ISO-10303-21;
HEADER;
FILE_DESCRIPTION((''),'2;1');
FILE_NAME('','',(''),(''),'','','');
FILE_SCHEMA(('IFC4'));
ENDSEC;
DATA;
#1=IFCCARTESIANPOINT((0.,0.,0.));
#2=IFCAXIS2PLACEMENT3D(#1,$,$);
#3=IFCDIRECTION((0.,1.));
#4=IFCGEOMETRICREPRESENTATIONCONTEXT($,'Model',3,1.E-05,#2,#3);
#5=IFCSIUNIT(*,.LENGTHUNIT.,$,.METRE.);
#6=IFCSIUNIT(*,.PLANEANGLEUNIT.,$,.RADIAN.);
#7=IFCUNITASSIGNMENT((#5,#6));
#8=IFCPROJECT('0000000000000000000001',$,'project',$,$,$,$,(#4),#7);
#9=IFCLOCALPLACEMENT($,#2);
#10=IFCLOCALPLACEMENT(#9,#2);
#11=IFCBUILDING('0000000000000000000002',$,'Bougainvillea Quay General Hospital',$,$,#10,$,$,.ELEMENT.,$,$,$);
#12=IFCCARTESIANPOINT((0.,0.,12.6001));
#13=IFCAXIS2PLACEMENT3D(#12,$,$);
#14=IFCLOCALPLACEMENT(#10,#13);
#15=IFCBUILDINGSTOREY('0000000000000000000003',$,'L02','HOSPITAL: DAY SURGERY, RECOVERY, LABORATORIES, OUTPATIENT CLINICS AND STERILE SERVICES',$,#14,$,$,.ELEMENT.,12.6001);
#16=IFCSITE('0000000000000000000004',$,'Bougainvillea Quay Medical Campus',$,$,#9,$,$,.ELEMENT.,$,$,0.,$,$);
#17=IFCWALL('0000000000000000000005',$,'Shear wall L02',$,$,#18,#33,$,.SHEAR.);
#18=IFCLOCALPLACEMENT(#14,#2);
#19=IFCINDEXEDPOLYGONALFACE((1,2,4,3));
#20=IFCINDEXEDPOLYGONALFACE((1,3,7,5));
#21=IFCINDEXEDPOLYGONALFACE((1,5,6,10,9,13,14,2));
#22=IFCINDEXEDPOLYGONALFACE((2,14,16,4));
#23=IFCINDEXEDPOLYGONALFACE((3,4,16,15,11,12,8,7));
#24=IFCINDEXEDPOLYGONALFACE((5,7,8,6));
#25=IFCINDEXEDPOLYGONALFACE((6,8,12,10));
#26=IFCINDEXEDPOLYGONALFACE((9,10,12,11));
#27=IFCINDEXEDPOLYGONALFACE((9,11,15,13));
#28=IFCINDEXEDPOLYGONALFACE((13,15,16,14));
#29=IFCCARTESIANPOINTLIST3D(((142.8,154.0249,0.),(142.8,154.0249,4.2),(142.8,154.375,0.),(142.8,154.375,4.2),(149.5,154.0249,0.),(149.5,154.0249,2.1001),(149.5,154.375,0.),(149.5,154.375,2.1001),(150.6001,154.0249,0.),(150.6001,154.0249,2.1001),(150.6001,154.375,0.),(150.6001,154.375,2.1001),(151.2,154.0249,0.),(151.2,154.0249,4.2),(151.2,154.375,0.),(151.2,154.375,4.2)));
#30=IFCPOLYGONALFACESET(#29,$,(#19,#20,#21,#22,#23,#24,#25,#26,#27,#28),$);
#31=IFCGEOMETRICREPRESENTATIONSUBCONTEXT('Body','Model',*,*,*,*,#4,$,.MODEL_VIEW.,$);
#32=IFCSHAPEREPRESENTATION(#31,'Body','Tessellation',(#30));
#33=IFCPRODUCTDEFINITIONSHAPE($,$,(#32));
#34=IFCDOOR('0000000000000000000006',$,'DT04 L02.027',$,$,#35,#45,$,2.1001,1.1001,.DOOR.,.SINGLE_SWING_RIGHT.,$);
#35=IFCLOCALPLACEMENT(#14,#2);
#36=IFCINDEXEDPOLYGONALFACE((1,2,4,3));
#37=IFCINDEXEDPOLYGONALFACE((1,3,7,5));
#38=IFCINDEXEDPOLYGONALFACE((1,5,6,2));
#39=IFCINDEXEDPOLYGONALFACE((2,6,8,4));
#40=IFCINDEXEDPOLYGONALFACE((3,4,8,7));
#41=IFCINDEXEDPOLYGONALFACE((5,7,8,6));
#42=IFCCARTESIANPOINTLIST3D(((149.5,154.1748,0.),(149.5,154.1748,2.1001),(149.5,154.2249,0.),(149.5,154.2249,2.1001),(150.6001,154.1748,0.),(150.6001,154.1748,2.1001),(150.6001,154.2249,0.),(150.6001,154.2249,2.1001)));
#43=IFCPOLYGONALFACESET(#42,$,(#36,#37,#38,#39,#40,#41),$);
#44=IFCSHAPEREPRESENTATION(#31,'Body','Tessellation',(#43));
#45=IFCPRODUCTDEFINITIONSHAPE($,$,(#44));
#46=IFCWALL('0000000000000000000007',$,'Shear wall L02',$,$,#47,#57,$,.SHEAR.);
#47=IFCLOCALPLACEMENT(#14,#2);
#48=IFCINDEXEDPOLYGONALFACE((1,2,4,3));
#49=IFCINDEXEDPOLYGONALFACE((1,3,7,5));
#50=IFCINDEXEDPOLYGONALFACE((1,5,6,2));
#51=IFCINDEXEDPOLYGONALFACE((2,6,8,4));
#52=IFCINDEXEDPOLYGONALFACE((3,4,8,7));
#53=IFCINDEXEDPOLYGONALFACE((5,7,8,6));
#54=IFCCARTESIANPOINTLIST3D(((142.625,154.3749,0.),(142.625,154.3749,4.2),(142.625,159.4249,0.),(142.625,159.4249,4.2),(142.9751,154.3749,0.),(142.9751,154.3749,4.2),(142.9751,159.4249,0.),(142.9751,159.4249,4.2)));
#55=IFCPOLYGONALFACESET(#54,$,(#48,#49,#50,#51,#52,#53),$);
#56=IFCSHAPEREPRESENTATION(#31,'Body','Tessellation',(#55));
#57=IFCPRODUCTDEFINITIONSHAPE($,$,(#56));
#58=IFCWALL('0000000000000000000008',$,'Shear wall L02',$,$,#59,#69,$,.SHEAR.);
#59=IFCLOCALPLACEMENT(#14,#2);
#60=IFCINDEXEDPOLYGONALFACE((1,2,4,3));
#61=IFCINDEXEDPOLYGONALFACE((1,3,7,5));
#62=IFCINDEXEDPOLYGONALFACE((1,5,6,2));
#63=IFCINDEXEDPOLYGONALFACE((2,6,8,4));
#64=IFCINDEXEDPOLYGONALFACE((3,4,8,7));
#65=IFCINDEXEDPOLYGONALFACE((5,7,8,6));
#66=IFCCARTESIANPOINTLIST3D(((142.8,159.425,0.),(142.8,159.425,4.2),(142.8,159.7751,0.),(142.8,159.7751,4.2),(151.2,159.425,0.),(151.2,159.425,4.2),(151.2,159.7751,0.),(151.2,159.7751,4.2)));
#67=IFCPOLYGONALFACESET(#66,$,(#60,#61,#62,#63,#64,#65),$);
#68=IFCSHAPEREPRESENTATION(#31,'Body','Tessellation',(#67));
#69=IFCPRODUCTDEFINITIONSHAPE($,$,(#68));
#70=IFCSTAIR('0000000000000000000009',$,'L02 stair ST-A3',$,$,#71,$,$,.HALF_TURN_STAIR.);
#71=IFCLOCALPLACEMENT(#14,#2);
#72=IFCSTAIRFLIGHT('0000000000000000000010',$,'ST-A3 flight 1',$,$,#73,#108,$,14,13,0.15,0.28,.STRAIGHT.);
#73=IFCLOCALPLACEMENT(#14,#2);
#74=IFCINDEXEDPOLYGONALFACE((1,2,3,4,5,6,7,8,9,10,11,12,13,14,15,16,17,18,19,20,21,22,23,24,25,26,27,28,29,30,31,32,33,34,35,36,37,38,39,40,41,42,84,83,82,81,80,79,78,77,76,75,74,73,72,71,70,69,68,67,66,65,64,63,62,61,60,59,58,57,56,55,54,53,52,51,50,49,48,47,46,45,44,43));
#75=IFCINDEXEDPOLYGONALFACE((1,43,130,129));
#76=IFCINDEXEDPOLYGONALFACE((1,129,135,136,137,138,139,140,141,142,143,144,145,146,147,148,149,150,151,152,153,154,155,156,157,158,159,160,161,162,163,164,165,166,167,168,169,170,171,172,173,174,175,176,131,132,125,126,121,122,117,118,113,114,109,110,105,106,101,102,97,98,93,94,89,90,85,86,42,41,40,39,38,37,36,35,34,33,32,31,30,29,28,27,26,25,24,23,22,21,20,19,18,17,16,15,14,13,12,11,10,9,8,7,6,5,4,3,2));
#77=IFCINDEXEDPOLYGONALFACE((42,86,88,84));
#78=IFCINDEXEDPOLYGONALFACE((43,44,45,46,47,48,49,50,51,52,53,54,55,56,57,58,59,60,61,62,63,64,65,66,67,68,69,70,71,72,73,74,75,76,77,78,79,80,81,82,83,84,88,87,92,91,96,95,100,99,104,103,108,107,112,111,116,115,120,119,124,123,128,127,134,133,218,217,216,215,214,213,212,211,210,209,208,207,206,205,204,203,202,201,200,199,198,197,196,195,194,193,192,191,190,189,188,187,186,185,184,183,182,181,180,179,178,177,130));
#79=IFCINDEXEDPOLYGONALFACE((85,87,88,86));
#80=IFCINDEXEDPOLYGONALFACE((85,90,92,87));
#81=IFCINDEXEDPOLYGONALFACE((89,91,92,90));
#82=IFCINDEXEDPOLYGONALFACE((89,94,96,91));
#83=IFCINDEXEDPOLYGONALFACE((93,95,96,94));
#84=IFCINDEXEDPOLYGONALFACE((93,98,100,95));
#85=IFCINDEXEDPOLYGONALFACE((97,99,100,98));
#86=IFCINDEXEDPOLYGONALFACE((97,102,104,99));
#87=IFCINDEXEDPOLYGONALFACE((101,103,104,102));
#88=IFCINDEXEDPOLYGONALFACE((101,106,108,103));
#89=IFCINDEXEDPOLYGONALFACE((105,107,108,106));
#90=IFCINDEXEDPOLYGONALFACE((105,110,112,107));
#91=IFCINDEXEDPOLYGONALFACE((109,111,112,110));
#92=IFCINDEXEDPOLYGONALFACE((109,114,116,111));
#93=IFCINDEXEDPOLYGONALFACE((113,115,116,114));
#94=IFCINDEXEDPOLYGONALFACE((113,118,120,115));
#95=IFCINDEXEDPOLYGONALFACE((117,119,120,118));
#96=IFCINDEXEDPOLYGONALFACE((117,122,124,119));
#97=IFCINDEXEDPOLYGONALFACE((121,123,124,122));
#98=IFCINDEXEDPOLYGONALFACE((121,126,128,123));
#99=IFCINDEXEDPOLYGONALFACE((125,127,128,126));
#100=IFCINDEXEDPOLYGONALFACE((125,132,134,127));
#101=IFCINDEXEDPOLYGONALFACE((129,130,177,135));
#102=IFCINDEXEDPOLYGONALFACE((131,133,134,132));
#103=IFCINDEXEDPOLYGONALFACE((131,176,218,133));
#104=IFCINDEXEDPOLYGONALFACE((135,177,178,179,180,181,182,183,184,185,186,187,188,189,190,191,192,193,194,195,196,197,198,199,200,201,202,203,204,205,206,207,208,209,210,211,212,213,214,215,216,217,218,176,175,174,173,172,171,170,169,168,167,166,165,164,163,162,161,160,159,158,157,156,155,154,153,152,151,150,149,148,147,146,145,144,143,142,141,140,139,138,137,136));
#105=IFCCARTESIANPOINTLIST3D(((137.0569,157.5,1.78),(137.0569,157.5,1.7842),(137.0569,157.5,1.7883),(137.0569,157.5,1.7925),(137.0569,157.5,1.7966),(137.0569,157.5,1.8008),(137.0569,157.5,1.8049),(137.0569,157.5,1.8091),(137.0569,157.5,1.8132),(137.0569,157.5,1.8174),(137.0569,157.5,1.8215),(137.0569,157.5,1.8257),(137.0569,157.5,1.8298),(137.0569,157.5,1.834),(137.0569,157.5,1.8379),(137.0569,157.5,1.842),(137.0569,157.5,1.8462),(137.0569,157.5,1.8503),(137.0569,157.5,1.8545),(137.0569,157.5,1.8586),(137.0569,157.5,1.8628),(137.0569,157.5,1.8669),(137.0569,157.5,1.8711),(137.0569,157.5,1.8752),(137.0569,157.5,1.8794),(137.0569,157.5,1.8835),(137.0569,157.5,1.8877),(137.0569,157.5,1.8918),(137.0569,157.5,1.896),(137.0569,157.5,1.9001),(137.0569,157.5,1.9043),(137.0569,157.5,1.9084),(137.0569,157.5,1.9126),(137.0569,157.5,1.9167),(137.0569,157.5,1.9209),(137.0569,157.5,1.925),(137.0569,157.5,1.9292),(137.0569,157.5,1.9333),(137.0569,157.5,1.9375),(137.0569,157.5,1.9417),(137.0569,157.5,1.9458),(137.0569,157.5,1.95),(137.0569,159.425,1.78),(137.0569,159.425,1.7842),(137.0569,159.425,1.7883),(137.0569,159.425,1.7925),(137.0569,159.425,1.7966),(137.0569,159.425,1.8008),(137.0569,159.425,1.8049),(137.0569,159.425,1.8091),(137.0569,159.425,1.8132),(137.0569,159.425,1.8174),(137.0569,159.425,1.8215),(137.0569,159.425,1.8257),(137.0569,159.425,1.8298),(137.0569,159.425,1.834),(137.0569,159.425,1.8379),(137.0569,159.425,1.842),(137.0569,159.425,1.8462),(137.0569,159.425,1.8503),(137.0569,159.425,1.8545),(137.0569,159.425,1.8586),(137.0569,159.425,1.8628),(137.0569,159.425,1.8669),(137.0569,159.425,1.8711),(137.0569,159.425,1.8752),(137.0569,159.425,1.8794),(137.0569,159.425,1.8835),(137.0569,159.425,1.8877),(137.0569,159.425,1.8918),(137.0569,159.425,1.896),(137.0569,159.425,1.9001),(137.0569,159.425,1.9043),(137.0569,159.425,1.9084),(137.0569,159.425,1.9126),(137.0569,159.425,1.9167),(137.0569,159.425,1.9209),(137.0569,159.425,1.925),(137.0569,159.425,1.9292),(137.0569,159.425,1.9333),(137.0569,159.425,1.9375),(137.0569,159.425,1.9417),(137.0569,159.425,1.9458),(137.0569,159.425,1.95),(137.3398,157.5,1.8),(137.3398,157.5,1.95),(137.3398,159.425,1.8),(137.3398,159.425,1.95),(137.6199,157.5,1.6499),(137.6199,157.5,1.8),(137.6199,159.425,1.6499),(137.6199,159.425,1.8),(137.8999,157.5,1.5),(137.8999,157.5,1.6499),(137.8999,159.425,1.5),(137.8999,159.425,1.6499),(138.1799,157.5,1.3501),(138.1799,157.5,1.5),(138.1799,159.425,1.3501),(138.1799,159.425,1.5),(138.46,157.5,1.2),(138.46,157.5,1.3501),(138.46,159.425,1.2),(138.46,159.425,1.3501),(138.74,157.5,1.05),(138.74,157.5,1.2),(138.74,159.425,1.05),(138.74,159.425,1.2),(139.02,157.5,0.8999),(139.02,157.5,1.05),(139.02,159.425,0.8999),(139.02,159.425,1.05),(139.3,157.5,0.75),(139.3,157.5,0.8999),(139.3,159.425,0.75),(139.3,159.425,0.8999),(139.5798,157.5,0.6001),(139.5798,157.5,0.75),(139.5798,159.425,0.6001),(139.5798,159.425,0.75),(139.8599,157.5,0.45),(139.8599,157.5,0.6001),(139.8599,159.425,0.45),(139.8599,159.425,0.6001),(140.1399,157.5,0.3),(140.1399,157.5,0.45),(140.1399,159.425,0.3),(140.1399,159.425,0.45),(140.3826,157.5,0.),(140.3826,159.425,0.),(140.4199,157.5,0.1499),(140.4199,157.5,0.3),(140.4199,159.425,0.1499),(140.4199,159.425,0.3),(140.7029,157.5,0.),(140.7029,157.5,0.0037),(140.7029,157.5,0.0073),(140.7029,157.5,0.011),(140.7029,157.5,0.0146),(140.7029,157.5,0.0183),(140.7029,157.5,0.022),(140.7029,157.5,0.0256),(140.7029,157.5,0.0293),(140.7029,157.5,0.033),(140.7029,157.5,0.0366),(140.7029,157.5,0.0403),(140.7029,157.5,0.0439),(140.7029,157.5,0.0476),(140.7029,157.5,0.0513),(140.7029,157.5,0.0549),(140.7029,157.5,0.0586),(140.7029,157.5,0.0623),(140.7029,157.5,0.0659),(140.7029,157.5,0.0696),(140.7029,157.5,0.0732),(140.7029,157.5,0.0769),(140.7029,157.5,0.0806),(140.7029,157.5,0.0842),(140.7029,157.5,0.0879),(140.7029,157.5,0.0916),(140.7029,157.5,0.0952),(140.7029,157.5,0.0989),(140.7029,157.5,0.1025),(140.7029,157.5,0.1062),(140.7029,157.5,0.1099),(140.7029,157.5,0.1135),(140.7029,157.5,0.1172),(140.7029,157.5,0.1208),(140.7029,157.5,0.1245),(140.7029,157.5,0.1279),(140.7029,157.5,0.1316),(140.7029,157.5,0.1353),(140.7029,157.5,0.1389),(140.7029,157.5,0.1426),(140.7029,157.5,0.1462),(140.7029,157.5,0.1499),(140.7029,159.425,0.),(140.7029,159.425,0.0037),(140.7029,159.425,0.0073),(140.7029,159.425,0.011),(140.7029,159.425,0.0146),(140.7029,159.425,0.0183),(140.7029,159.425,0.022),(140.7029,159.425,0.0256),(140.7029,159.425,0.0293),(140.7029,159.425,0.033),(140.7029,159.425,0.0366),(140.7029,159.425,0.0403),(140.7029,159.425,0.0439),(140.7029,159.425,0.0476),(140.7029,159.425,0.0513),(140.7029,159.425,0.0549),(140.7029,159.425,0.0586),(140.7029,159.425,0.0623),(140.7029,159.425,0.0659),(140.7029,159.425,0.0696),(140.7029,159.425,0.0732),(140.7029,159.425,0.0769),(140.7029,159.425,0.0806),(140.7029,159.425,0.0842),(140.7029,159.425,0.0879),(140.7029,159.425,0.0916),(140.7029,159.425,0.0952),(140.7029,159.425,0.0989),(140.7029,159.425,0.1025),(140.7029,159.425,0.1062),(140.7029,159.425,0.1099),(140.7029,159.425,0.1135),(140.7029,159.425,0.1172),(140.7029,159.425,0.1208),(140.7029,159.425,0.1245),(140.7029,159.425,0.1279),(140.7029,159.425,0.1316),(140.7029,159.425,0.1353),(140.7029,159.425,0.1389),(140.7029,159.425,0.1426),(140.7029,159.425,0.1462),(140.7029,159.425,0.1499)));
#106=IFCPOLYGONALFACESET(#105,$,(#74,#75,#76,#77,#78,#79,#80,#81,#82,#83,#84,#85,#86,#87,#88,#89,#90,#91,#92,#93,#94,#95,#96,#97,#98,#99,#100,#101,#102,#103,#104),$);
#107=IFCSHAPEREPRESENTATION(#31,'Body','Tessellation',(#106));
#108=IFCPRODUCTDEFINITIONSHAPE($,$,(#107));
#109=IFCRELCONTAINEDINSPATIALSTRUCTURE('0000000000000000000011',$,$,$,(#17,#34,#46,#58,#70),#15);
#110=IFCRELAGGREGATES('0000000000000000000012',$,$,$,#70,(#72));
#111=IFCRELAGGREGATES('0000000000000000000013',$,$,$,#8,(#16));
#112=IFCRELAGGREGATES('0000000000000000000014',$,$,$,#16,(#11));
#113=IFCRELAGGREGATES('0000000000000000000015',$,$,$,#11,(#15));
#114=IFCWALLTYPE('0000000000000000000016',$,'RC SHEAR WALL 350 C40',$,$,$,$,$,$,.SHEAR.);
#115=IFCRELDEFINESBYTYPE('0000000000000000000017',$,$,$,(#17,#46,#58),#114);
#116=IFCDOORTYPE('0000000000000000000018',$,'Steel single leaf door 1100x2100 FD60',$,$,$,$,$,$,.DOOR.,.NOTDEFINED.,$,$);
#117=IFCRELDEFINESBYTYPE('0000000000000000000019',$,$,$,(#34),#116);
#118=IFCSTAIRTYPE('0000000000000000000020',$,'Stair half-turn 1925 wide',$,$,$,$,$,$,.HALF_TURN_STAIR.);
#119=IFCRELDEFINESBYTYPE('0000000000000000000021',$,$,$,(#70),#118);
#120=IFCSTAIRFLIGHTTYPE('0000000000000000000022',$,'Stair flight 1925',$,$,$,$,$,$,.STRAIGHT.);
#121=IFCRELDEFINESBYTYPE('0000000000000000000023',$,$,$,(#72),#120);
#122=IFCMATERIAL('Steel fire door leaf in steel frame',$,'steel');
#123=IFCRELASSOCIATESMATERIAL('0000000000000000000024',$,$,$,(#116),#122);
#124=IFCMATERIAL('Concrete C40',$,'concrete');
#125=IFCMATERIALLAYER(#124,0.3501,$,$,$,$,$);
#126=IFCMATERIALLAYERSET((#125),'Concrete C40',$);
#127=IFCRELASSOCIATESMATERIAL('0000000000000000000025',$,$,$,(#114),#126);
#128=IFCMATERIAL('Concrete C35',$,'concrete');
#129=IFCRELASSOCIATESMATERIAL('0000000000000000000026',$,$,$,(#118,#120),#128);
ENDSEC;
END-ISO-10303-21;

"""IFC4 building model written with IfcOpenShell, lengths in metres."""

from ifc_helpers import new_model, si_unit, direction, frame, frame_2d, origin, place, context, subcontext, project, spatial, polyline, rectangle, outline, extrude, material, layer, layer_set, type_object, element, fill, aggregate, save


model = new_model("IFC4")

# Units and contexts
model_context = context("Model", 3, precision=1e-05, world=origin(), true_north=direction((0.0, 1.0)))
body_context = subcontext(model_context, "Body", "Model", "MODEL_VIEW")
ifc_project = project(units=[si_unit("LENGTHUNIT", "METRE"), si_unit("PLANEANGLEUNIT", "RADIAN")], contexts=[model_context])

# Site, building, storey
site_placement = place(None, origin())
site = spatial("IfcSite", under=ifc_project, at=site_placement, Name="Bougainvillea Quay Medical Campus", CompositionType="ELEMENT", RefElevation=0.0)
building_placement = place(site_placement, origin())
building = spatial("IfcBuilding", under=site, at=building_placement, Name="Bougainvillea Quay General Hospital", CompositionType="ELEMENT")
storey_placement = place(building_placement, frame((0.0, 0.0, 12.6001)))
storey = spatial("IfcBuildingStorey", under=building, at=storey_placement, Name="L02", Description="HOSPITAL: DAY SURGERY, RECOVERY, LABORATORIES, OUTPATIENT CLINICS AND STERILE SERVICES", CompositionType="ELEMENT", Elevation=12.6001)

# Shared definitions
ifc_material_1 = material(Name="Concrete C40", Category="concrete")

# Shared definitions
ifc_material_2 = material(Name="Steel fire door leaf in steel frame", Category="steel")
door_type_1 = type_object("IfcDoorType", Name="Steel single leaf door 1100x2100 FD60", OperationType="NOTDEFINED", PredefinedType="DOOR", material=ifc_material_2)

# Wall, opening, door
ifc_layer_1 = layer(ifc_material_1, 0.3501)
ifc_layer_set_1 = layer_set([ifc_layer_1], Name="Concrete C40")
wall_type_1 = type_object("IfcWallType", Name="RC SHEAR WALL 350 C40", PredefinedType="SHEAR", material=ifc_layer_set_1)
wall_1_placement = place(storey_placement, frame((142.8, 154.2, 0.0), z_axis=(0.0, 0.0, 1.0), x_axis=(1.0, 0.0, 0.0)))
wall_1 = element("IfcWall", 1, at=wall_1_placement, inside=storey, type_object=wall_type_1, Name="Shear wall L02", PredefinedType="SHEAR", context=body_context, shape_type="SweptSolid", body=[
    extrude(rectangle(XDim=8.3999, YDim=0.3501, at=frame_2d((4.2, 0.0))), origin(), (0.0, 0.0, 1.0), 4.2),
])
opening_1_placement = place(wall_1_placement, frame((6.7, 0.0, 0.0)))
opening_1 = element("IfcOpeningElement", 2, at=opening_1_placement, cuts=wall_1, PredefinedType="OPENING", context=body_context, shape_type="SweptSolid", body=[
    extrude(rectangle(XDim=1.1001, YDim=2.1001, at=frame_2d((0.55, 1.05))), frame((0.0, 0.1851, 0.0), z_axis=(0.0, -1.0, 0.0), x_axis=(1.0, 0.0, 0.0)), (0.0, 0.0, 1.0), 0.3701),
])
door_1_placement = place(opening_1_placement, origin())
door_1 = element("IfcDoor", 3, at=door_1_placement, inside=storey, type_object=door_type_1, Name="DT04 L02.027", OperationType="SINGLE_SWING_RIGHT", OverallHeight=2.1001, OverallWidth=1.1001, PredefinedType="DOOR", context=body_context, shape_type="SweptSolid", body=[
    extrude(rectangle(XDim=1.1001, YDim=2.1001, at=frame_2d((0.55, 1.05))), frame((0.0, 0.0249, 0.0), z_axis=(0.0, -1.0, 0.0), x_axis=(1.0, 0.0, 0.0)), (0.0, 0.0, 1.0), 0.05),
])
fill(opening_1, door_1)

# Walls
wall_2_placement = place(storey_placement, frame((142.8, 154.375, 0.0), z_axis=(0.0, 0.0, 1.0), x_axis=(0.0, 1.0, 0.0)))
element("IfcWall", 4, at=wall_2_placement, inside=storey, type_object=wall_type_1, Name="Shear wall L02", PredefinedType="SHEAR", context=body_context, shape_type="SweptSolid", body=[
    extrude(rectangle(XDim=5.05, YDim=0.3501, at=frame_2d((2.5249, 0.0))), origin(), (0.0, 0.0, 1.0), 4.2),
])
wall_3_placement = place(storey_placement, frame((142.8, 159.6001, 0.0), z_axis=(0.0, 0.0, 1.0), x_axis=(1.0, 0.0, 0.0)))
element("IfcWall", 5, at=wall_3_placement, inside=storey, type_object=wall_type_1, Name="Shear wall L02", PredefinedType="SHEAR", context=body_context, shape_type="SweptSolid", body=[
    extrude(rectangle(XDim=8.3999, YDim=0.3501, at=frame_2d((4.2, 0.0))), origin(), (0.0, 0.0, 1.0), 4.2),
])

# Stair, stair flight
ifc_material_3 = material(Name="Concrete C35", Category="concrete")
stair_type = type_object("IfcStairType", Name="Stair half-turn 1925 wide", PredefinedType="HALF_TURN_STAIR", material=ifc_material_3)
stair_placement = place(storey_placement, origin())
stair = element("IfcStair", 6, at=stair_placement, inside=storey, type_object=stair_type, Name="L02 stair ST-A3", PredefinedType="HALF_TURN_STAIR")
stair_flight_type = type_object("IfcStairFlightType", Name="Stair flight 1925", PredefinedType="STRAIGHT", material=ifc_material_3)
stair_flight_placement = place(storey_placement, frame((140.7, 158.4624, 0.0), z_axis=(0.0, 0.0, 1.0), x_axis=(-1.0, 0.0, 0.0)))
stair_flight = element("IfcStairFlight", 7, at=stair_flight_placement, type_object=stair_flight_type, Name="ST-A3 flight 1", NumberOfRisers=14, NumberOfTreads=13, PredefinedType="STRAIGHT", RiserHeight=0.15, TreadLength=0.28, context=body_context, shape_type="SweptSolid", body=[
    extrude(outline(polyline([(-0.0029, 0.0), (-0.0029, 0.0037), (-0.0029, 0.0073), (-0.0029, 0.011), (-0.0029, 0.0146), (-0.0029, 0.0183), (-0.0029, 0.022), (-0.0029, 0.0256), (-0.0029, 0.0293), (-0.0029, 0.033), (-0.0029, 0.0366), (-0.0029, 0.0403), (-0.0029, 0.0439), (-0.0029, 0.0476), (-0.0029, 0.0513), (-0.0029, 0.0549), (-0.0029, 0.0586), (-0.0029, 0.0623), (-0.0029, 0.0659), (-0.0029, 0.0696), (-0.0029, 0.0732), (-0.0029, 0.0769), (-0.0029, 0.0806), (-0.0029, 0.0842), (-0.0029, 0.0879), (-0.0029, 0.0916), (-0.0029, 0.0952), (-0.0029, 0.0989), (-0.0029, 0.1025), (-0.0029, 0.1062), (-0.0029, 0.1099), (-0.0029, 0.1135), (-0.0029, 0.1172), (-0.0029, 0.1208), (-0.0029, 0.1245), (-0.0029, 0.1279), (-0.0029, 0.1316), (-0.0029, 0.1353), (-0.0029, 0.1389), (-0.0029, 0.1426), (-0.0029, 0.1462), (-0.0029, 0.1499), (0.28, 0.1499), (0.28, 0.3), (0.5601, 0.3), (0.5601, 0.45), (0.8401, 0.45), (0.8401, 0.6001), (1.1201, 0.6001), (1.1201, 0.75), (1.3999, 0.75), (1.3999, 0.8999), (1.6799, 0.8999), (1.6799, 1.05), (1.96, 1.05), (1.96, 1.2), (2.24, 1.2), (2.24, 1.3501), (2.52, 1.3501), (2.52, 1.5), (2.8, 1.5), (2.8, 1.6499), (3.0801, 1.6499), (3.0801, 1.8), (3.3601, 1.8), (3.3601, 1.95), (3.6431, 1.95), (3.6431, 1.9458), (3.6431, 1.9417), (3.6431, 1.9375), (3.6431, 1.9333), (3.6431, 1.9292), (3.6431, 1.925), (3.6431, 1.9209), (3.6431, 1.9167), (3.6431, 1.9126), (3.6431, 1.9084), (3.6431, 1.9043), (3.6431, 1.9001), (3.6431, 1.896), (3.6431, 1.8918), (3.6431, 1.8877), (3.6431, 1.8835), (3.6431, 1.8794), (3.6431, 1.8752), (3.6431, 1.8711), (3.6431, 1.8669), (3.6431, 1.8628), (3.6431, 1.8586), (3.6431, 1.8545), (3.6431, 1.8503), (3.6431, 1.8462), (3.6431, 1.842), (3.6431, 1.8379), (3.6431, 1.834), (3.6431, 1.8298), (3.6431, 1.8257), (3.6431, 1.8215), (3.6431, 1.8174), (3.6431, 1.8132), (3.6431, 1.8091), (3.6431, 1.8049), (3.6431, 1.8008), (3.6431, 1.7966), (3.6431, 1.7925), (3.6431, 1.7883), (3.6431, 1.7842), (3.6431, 1.78), (0.3174, 0.0), (-0.0029, 0.0)])), frame((0.0, 0.9624, 0.0), z_axis=(0.0, -1.0, 0.0), x_axis=(1.0, 0.0, 0.0)), (0.0, 0.0, 1.0), 1.925),
])
aggregate(stair, [stair_flight])

save(model, "model.ifc")
